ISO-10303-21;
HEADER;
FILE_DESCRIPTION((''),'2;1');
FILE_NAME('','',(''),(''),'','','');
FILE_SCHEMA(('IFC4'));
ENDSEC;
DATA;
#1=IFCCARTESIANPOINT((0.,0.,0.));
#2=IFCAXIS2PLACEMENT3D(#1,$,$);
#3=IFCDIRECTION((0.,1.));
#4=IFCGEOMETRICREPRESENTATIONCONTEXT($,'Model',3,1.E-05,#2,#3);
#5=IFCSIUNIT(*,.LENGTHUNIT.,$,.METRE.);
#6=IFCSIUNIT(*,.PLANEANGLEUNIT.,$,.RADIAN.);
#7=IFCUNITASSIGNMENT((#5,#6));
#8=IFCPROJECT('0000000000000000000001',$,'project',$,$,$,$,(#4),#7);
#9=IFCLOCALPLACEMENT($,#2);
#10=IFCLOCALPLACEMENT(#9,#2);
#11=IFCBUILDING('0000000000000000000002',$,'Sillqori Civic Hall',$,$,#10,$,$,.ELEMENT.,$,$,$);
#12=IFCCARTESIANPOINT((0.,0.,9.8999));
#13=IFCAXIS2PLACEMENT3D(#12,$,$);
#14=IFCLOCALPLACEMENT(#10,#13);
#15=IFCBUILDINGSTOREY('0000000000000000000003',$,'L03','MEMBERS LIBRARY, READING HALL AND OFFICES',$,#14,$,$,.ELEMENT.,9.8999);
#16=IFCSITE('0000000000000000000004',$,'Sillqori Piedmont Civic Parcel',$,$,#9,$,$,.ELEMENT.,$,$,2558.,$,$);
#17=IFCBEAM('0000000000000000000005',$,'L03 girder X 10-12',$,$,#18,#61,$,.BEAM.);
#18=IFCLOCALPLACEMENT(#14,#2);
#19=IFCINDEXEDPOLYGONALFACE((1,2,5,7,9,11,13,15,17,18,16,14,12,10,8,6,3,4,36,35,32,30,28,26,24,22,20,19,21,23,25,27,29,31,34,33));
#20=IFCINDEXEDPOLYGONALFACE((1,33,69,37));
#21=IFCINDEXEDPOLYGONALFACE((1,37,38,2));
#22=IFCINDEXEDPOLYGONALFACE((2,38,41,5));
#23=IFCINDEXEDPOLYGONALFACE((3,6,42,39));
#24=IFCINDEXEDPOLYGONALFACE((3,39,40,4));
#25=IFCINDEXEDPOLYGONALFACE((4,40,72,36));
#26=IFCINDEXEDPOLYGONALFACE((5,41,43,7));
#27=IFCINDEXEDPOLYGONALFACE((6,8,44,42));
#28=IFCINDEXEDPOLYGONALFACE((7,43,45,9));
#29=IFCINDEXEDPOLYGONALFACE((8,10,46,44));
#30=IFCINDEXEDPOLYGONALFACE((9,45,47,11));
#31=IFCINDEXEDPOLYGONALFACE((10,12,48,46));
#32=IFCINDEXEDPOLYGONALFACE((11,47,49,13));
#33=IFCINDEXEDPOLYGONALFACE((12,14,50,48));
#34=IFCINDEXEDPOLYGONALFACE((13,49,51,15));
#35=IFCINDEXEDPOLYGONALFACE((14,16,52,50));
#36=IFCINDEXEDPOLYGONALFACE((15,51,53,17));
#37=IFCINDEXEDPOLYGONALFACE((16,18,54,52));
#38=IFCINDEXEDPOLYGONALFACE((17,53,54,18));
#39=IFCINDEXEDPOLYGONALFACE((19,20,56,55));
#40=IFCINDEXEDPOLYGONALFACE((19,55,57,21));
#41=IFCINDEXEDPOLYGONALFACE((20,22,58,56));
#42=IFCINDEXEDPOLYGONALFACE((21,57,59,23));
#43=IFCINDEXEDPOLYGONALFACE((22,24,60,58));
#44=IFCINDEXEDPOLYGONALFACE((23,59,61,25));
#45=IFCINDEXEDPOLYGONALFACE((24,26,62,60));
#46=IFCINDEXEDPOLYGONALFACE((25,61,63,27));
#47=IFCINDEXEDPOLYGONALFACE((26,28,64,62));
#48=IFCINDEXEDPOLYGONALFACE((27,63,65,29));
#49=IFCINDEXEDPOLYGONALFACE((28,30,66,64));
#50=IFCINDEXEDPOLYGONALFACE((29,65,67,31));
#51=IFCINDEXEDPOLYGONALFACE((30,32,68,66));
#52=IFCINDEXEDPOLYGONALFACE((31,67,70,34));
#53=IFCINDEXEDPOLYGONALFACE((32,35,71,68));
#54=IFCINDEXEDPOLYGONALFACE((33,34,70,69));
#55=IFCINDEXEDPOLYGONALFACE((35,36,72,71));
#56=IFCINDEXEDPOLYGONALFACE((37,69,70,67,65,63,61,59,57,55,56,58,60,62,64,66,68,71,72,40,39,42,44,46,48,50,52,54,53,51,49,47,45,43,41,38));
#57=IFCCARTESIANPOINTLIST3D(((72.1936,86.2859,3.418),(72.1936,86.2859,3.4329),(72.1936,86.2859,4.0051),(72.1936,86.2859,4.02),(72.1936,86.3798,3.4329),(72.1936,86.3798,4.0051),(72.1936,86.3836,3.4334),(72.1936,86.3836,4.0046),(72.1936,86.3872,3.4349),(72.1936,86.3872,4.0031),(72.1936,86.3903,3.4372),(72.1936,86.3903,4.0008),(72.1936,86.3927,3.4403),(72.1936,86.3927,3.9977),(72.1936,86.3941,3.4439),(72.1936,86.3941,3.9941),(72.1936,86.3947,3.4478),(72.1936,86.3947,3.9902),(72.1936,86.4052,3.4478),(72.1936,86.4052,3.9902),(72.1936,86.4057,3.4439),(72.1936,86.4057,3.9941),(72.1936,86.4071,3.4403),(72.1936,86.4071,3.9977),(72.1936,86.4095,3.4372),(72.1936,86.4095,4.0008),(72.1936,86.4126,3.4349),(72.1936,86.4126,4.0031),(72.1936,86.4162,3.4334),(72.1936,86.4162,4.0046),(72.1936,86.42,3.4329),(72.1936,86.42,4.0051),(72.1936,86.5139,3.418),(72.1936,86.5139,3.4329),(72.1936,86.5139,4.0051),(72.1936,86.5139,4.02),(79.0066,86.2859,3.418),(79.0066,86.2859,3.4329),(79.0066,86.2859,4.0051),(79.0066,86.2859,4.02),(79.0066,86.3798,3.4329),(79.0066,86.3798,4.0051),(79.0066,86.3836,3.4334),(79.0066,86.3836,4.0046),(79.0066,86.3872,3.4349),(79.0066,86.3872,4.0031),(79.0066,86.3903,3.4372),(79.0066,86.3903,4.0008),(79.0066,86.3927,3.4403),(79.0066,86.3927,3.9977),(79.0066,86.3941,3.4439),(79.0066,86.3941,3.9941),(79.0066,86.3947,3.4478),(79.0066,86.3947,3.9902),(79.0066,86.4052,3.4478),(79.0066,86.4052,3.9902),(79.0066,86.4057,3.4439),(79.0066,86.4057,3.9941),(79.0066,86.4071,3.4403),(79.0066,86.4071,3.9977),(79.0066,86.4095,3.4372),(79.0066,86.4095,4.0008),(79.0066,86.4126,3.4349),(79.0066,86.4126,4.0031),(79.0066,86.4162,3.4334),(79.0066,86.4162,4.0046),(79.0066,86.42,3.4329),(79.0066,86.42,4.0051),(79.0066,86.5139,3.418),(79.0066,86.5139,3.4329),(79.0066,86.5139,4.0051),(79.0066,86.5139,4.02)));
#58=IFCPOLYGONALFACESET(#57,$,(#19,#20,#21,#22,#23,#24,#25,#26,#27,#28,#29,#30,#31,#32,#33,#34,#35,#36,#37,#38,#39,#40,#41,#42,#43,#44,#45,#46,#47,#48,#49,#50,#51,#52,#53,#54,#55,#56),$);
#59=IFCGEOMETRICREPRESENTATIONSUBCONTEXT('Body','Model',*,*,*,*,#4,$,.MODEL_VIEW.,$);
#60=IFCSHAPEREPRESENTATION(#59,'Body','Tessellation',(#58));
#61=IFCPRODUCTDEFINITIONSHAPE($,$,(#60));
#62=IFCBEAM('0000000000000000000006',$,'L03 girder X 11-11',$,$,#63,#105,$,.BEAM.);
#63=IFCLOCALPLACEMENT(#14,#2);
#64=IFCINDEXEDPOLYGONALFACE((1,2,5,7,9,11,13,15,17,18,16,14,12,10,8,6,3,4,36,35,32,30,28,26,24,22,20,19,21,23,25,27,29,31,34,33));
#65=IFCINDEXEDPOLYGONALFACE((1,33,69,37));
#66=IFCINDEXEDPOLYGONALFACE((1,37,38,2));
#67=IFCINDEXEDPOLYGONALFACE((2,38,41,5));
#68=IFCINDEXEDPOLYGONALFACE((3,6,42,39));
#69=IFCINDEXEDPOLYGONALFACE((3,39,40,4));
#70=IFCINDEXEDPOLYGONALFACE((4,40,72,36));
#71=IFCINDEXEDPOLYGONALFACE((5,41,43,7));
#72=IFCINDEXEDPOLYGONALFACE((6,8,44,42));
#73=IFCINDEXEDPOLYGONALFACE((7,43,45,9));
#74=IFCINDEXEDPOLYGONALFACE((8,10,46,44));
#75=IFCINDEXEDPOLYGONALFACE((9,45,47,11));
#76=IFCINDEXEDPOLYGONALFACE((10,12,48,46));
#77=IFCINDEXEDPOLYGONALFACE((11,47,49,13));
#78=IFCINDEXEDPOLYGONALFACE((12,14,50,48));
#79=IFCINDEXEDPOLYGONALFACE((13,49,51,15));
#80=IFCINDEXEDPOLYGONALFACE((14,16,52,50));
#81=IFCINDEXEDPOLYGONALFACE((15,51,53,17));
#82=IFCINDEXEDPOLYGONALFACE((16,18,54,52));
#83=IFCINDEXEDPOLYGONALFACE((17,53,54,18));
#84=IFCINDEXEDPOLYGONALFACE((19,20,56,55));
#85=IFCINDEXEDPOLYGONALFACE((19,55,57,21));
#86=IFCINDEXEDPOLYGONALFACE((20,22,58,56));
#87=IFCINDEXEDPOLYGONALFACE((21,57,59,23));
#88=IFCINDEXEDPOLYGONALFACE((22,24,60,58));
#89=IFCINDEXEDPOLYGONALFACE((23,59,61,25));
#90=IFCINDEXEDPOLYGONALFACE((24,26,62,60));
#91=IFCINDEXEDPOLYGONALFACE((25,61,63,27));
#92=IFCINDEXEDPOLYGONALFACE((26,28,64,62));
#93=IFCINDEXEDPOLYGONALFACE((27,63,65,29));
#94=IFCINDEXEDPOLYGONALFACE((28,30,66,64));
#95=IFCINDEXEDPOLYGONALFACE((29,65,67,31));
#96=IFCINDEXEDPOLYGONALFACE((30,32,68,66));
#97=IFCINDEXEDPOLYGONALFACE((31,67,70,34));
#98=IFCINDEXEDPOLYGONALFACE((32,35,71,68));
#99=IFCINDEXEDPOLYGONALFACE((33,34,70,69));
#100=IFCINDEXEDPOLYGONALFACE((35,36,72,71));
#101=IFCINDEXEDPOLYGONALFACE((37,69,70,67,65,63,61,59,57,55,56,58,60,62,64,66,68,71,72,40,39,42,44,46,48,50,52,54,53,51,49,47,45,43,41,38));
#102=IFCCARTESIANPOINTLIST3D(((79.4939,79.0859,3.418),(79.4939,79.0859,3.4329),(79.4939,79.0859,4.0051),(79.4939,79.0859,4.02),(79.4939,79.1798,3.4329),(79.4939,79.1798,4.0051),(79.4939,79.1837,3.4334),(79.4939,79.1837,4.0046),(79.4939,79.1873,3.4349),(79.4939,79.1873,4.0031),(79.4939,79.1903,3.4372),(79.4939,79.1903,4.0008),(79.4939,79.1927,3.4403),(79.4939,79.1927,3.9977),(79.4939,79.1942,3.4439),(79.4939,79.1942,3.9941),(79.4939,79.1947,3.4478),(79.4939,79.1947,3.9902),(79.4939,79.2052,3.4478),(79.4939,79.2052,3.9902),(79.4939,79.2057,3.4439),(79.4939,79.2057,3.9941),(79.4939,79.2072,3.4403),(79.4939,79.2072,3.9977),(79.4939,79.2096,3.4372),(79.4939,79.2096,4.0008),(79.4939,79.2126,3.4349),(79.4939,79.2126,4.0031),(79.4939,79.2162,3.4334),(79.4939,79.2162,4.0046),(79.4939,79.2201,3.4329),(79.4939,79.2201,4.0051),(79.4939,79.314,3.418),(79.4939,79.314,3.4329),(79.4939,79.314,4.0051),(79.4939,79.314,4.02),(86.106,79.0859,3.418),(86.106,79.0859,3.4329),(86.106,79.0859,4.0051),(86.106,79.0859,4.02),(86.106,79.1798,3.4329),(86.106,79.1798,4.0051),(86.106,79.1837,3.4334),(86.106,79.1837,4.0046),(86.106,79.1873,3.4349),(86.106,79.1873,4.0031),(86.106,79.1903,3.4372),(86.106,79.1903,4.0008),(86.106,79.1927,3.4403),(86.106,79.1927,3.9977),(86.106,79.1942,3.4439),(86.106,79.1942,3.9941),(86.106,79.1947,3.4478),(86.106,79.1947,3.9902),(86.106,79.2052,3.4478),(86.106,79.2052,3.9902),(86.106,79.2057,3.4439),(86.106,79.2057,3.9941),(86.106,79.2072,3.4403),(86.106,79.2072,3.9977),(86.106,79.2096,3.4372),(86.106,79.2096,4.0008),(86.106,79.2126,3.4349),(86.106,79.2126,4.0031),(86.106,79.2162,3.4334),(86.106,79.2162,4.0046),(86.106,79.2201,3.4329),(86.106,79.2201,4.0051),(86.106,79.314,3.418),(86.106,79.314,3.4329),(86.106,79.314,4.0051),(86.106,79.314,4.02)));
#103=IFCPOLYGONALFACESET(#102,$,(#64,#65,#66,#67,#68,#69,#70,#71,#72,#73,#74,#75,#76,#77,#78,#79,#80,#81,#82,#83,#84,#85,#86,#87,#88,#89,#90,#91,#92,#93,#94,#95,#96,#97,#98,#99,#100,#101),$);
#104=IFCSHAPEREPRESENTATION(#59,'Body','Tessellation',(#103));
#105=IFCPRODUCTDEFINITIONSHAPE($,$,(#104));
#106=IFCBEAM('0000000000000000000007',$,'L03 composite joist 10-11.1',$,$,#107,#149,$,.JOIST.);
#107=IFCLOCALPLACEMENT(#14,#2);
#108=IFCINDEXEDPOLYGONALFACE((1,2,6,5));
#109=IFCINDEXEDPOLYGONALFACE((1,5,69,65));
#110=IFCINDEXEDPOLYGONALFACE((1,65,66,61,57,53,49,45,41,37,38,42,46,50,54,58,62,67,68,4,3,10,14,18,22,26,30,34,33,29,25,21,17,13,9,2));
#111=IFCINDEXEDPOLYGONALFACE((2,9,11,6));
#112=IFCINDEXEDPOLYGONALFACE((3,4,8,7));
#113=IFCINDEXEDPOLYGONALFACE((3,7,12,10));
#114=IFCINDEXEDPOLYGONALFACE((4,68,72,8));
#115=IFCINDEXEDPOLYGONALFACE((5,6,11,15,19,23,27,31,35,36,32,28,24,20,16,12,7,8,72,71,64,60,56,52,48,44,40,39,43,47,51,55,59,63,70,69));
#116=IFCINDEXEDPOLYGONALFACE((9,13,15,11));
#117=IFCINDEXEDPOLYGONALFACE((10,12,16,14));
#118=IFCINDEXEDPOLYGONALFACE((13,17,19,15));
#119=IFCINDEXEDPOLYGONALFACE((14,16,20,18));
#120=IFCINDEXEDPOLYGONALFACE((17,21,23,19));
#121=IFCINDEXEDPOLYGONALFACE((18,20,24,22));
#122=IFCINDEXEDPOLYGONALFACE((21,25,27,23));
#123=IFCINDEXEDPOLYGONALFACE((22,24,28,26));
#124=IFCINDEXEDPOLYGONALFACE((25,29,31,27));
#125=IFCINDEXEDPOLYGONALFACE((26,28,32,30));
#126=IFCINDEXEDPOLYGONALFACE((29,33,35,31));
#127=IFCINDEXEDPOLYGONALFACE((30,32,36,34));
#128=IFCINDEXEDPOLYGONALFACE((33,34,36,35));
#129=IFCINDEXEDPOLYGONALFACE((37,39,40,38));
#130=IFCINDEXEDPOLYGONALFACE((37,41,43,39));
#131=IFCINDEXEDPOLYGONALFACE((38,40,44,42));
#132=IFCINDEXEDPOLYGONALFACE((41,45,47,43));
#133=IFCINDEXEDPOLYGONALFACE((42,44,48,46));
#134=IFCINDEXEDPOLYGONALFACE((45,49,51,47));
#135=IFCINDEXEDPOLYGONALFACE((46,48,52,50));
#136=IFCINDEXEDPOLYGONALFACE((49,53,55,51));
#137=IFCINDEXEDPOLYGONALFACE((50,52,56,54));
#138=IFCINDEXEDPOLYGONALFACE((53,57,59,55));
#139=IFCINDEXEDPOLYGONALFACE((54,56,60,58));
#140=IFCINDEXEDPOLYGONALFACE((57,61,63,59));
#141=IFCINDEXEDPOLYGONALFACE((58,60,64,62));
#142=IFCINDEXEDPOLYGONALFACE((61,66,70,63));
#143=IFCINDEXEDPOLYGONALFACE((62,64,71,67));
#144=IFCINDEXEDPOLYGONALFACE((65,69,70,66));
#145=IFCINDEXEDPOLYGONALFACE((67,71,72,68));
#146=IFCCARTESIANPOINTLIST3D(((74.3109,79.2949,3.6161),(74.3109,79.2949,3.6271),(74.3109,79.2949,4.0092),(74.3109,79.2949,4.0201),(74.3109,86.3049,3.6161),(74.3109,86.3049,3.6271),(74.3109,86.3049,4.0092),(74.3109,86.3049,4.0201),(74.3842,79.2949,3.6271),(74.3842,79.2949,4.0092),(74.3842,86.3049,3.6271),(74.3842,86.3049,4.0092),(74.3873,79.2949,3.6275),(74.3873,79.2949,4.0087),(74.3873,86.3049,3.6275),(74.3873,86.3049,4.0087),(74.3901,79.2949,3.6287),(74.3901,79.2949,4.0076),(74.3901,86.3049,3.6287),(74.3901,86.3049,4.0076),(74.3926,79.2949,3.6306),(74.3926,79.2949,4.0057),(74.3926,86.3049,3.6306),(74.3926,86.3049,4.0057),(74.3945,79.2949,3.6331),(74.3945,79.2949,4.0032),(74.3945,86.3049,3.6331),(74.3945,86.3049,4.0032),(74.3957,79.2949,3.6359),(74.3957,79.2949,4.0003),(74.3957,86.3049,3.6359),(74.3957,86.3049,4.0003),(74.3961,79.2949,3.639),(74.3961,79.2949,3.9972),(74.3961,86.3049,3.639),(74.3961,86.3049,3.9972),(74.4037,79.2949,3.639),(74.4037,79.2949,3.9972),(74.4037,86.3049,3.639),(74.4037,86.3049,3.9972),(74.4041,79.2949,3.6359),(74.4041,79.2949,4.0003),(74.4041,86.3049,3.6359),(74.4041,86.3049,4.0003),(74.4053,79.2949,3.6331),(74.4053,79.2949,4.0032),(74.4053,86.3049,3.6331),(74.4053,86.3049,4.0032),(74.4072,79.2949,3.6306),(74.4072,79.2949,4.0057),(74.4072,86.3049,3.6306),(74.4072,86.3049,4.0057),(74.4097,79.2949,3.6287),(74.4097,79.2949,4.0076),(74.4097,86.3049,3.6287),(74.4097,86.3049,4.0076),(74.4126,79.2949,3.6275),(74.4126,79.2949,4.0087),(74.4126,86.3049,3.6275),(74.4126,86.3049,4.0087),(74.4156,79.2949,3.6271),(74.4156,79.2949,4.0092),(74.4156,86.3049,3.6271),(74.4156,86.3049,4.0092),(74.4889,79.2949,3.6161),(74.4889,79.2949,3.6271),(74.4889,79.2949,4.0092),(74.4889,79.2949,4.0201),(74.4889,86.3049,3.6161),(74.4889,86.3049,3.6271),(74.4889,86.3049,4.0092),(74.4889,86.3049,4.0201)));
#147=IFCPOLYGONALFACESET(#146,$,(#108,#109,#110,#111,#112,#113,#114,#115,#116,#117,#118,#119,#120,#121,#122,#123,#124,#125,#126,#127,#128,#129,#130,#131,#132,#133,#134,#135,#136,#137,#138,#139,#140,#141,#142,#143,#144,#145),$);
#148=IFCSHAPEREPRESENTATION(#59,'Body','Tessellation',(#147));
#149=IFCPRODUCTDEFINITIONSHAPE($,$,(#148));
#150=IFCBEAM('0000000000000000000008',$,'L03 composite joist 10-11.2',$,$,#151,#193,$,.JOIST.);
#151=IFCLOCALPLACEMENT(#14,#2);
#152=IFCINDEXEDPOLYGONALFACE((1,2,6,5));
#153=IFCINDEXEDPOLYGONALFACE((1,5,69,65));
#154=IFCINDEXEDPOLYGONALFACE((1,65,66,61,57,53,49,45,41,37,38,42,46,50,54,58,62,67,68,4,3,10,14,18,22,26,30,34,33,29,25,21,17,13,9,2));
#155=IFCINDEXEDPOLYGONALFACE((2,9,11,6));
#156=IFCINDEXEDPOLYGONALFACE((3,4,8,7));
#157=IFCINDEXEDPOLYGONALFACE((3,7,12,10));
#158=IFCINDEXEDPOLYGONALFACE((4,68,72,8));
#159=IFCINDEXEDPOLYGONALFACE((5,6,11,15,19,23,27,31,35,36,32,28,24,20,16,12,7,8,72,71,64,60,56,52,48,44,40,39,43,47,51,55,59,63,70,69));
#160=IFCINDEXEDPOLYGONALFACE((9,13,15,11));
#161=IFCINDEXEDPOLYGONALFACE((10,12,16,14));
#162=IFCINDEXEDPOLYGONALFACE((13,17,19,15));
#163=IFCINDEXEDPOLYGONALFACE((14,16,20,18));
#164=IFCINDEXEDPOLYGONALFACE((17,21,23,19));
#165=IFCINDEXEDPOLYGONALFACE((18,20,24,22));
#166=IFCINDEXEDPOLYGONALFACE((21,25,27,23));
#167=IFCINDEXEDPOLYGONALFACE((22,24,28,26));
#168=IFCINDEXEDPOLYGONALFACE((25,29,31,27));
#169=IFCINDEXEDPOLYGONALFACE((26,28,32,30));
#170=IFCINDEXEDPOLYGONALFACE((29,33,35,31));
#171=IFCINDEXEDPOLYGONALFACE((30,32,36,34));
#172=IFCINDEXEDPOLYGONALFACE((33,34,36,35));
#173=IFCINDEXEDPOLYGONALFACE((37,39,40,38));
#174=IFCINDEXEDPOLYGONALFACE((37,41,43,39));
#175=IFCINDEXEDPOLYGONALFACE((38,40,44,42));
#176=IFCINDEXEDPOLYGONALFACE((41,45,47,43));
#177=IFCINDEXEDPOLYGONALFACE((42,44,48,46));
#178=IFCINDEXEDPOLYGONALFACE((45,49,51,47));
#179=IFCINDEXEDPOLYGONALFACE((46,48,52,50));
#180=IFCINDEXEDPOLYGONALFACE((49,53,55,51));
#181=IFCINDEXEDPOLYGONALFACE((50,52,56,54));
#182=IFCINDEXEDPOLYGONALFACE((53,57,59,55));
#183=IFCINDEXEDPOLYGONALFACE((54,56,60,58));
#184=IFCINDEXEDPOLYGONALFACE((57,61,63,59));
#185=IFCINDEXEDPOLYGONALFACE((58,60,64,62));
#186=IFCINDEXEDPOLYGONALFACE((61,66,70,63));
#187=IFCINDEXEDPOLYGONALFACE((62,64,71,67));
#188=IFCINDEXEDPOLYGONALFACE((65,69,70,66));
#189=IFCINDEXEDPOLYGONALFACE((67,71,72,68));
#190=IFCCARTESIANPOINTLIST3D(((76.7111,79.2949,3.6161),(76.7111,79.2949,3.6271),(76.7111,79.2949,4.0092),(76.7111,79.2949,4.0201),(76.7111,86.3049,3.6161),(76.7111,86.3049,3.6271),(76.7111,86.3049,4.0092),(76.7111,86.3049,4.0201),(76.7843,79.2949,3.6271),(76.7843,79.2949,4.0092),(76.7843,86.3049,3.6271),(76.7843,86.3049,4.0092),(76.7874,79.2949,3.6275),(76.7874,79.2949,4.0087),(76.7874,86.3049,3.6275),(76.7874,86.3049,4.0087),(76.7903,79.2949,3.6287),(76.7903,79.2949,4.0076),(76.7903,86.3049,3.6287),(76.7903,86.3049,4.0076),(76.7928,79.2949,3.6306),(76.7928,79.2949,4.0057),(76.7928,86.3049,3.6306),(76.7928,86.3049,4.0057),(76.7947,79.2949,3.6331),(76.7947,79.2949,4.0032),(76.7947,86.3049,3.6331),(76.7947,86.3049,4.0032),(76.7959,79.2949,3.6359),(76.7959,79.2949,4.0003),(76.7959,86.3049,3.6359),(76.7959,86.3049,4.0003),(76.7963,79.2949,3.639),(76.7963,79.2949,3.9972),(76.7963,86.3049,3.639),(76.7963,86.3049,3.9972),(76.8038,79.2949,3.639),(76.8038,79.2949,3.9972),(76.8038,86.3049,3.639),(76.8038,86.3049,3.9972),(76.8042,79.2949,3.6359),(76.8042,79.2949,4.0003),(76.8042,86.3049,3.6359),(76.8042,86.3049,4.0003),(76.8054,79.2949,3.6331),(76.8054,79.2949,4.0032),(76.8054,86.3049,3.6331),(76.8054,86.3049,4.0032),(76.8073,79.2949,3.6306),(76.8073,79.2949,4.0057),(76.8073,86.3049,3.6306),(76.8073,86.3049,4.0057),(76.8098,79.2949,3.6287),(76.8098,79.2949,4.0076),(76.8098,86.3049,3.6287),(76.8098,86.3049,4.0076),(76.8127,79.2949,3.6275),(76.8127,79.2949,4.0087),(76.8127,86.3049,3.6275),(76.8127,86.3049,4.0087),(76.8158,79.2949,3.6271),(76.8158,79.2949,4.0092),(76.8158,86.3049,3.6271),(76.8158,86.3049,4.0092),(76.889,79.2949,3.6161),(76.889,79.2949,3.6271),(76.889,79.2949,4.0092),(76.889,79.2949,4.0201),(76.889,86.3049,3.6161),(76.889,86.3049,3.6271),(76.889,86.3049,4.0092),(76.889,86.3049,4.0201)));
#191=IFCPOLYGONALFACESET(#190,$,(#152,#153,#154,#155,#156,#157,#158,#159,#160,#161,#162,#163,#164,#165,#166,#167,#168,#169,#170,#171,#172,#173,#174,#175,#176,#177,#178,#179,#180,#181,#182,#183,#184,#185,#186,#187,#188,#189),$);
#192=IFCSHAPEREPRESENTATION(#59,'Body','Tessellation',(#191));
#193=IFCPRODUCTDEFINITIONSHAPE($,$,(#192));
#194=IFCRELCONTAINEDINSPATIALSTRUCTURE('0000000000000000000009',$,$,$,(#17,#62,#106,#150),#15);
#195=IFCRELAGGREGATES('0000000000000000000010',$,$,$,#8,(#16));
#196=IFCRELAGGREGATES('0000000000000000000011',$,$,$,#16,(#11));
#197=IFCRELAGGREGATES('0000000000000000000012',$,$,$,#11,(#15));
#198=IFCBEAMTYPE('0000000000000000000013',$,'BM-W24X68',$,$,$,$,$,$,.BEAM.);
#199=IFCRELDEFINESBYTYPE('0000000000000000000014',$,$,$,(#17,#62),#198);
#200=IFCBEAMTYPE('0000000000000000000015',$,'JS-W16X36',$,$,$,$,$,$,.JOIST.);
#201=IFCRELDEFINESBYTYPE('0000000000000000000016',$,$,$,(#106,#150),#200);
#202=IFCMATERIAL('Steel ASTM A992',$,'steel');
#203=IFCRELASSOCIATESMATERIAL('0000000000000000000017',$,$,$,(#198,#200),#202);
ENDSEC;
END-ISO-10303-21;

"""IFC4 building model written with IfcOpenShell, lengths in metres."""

from ifc_helpers import new_model, si_unit, direction, frame, origin, origin_2d, place, context, subcontext, project, spatial, i_section, extrude, material, material_profile, profile_set, type_object, element, save


model = new_model("IFC4")

# Units and contexts
model_context = context("Model", 3, precision=1e-05, world=origin(), true_north=direction((0.0, 1.0)))
body_context = subcontext(model_context, "Body", "Model", "MODEL_VIEW")
ifc_project = project(units=[si_unit("LENGTHUNIT", "METRE"), si_unit("PLANEANGLEUNIT", "RADIAN")], contexts=[model_context])

# Site, building, storey
site_placement = place(None, origin())
site = spatial("IfcSite", under=ifc_project, at=site_placement, Name="Sillqori Piedmont Civic Parcel", CompositionType="ELEMENT", RefElevation=2558.0)
building_placement = place(site_placement, origin())
building = spatial("IfcBuilding", under=site, at=building_placement, Name="Sillqori Civic Hall", CompositionType="ELEMENT")
storey_placement = place(building_placement, frame((0.0, 0.0, 9.8999)))
storey = spatial("IfcBuildingStorey", under=building, at=storey_placement, Name="L03", Description="MEMBERS LIBRARY, READING HALL AND OFFICES", CompositionType="ELEMENT", Elevation=9.8999)

# Shared definitions
ifc_material_1 = material(Name="Steel ASTM A992", Category="steel")

# Beams
ifc_material_profile_1 = material_profile(ifc_material_1, i_section(OverallWidth=0.228, OverallDepth=0.6021, WebThickness=0.0105, FlangeThickness=0.0149, FilletRadius=0.0149, at=origin_2d()), Name="W24X68")
ifc_profile_set_1 = profile_set([ifc_material_profile_1], Name="Steel ASTM A992")
beam_type_1 = type_object("IfcBeamType", Name="BM-W24X68", PredefinedType="BEAM", material=ifc_profile_set_1)
beam_1_placement = place(storey_placement, frame((72.1936, 86.3999, 3.719), z_axis=(1.0, 0.0, 0.0), x_axis=(0.0, 1.0, 0.0)))
element("IfcBeam", 1, at=beam_1_placement, inside=storey, type_object=beam_type_1, Name="L03 girder X 10-12", PredefinedType="BEAM", context=body_context, shape_type="SweptSolid", body=[
    extrude(i_section(OverallWidth=0.228, OverallDepth=0.6021, WebThickness=0.0105, FlangeThickness=0.0149, FilletRadius=0.0149, at=origin_2d()), origin(), (0.0, 0.0, 1.0), 6.813),
])
beam_2_placement = place(storey_placement, frame((79.4939, 79.2, 3.719), z_axis=(1.0, 0.0, 0.0), x_axis=(0.0, 1.0, 0.0)))
element("IfcBeam", 2, at=beam_2_placement, inside=storey, type_object=beam_type_1, Name="L03 girder X 11-11", PredefinedType="BEAM", context=body_context, shape_type="SweptSolid", body=[
    extrude(i_section(OverallWidth=0.228, OverallDepth=0.6021, WebThickness=0.0105, FlangeThickness=0.0149, FilletRadius=0.0149, at=origin_2d()), origin(), (0.0, 0.0, 1.0), 6.6121),
])
ifc_material_profile_2 = material_profile(ifc_material_1, i_section(OverallWidth=0.178, OverallDepth=0.4041, WebThickness=0.0076, FlangeThickness=0.011, FilletRadius=0.012, at=origin_2d()), Name="W16X36")
ifc_profile_set_2 = profile_set([ifc_material_profile_2], Name="Steel ASTM A992")
beam_type_2 = type_object("IfcBeamType", Name="JS-W16X36", PredefinedType="JOIST", material=ifc_profile_set_2)
for number, where, z_axis, x_axis, name in (
    (3, (74.3999, 79.2949, 3.8181), (0.0, 1.0, 0.0), (-1.0, 0.0, 0.0), "L03 composite joist 10-11.1"),
    (4, (76.8, 79.2949, 3.8181), (0.0, 1.0, 0.0), (-1.0, 0.0, 0.0), "L03 composite joist 10-11.2"),
):
    element("IfcBeam", number, at=place(storey_placement, frame(where, z_axis=z_axis, x_axis=x_axis)), inside=storey, type_object=beam_type_2, Name=name, PredefinedType="JOIST", context=body_context, shape_type="SweptSolid", body=[
        extrude(i_section(OverallWidth=0.178, OverallDepth=0.4041, WebThickness=0.0076, FlangeThickness=0.011, FilletRadius=0.012, at=origin_2d()), origin(), (0.0, 0.0, 1.0), 7.01),
    ])

save(model, "model.ifc")
